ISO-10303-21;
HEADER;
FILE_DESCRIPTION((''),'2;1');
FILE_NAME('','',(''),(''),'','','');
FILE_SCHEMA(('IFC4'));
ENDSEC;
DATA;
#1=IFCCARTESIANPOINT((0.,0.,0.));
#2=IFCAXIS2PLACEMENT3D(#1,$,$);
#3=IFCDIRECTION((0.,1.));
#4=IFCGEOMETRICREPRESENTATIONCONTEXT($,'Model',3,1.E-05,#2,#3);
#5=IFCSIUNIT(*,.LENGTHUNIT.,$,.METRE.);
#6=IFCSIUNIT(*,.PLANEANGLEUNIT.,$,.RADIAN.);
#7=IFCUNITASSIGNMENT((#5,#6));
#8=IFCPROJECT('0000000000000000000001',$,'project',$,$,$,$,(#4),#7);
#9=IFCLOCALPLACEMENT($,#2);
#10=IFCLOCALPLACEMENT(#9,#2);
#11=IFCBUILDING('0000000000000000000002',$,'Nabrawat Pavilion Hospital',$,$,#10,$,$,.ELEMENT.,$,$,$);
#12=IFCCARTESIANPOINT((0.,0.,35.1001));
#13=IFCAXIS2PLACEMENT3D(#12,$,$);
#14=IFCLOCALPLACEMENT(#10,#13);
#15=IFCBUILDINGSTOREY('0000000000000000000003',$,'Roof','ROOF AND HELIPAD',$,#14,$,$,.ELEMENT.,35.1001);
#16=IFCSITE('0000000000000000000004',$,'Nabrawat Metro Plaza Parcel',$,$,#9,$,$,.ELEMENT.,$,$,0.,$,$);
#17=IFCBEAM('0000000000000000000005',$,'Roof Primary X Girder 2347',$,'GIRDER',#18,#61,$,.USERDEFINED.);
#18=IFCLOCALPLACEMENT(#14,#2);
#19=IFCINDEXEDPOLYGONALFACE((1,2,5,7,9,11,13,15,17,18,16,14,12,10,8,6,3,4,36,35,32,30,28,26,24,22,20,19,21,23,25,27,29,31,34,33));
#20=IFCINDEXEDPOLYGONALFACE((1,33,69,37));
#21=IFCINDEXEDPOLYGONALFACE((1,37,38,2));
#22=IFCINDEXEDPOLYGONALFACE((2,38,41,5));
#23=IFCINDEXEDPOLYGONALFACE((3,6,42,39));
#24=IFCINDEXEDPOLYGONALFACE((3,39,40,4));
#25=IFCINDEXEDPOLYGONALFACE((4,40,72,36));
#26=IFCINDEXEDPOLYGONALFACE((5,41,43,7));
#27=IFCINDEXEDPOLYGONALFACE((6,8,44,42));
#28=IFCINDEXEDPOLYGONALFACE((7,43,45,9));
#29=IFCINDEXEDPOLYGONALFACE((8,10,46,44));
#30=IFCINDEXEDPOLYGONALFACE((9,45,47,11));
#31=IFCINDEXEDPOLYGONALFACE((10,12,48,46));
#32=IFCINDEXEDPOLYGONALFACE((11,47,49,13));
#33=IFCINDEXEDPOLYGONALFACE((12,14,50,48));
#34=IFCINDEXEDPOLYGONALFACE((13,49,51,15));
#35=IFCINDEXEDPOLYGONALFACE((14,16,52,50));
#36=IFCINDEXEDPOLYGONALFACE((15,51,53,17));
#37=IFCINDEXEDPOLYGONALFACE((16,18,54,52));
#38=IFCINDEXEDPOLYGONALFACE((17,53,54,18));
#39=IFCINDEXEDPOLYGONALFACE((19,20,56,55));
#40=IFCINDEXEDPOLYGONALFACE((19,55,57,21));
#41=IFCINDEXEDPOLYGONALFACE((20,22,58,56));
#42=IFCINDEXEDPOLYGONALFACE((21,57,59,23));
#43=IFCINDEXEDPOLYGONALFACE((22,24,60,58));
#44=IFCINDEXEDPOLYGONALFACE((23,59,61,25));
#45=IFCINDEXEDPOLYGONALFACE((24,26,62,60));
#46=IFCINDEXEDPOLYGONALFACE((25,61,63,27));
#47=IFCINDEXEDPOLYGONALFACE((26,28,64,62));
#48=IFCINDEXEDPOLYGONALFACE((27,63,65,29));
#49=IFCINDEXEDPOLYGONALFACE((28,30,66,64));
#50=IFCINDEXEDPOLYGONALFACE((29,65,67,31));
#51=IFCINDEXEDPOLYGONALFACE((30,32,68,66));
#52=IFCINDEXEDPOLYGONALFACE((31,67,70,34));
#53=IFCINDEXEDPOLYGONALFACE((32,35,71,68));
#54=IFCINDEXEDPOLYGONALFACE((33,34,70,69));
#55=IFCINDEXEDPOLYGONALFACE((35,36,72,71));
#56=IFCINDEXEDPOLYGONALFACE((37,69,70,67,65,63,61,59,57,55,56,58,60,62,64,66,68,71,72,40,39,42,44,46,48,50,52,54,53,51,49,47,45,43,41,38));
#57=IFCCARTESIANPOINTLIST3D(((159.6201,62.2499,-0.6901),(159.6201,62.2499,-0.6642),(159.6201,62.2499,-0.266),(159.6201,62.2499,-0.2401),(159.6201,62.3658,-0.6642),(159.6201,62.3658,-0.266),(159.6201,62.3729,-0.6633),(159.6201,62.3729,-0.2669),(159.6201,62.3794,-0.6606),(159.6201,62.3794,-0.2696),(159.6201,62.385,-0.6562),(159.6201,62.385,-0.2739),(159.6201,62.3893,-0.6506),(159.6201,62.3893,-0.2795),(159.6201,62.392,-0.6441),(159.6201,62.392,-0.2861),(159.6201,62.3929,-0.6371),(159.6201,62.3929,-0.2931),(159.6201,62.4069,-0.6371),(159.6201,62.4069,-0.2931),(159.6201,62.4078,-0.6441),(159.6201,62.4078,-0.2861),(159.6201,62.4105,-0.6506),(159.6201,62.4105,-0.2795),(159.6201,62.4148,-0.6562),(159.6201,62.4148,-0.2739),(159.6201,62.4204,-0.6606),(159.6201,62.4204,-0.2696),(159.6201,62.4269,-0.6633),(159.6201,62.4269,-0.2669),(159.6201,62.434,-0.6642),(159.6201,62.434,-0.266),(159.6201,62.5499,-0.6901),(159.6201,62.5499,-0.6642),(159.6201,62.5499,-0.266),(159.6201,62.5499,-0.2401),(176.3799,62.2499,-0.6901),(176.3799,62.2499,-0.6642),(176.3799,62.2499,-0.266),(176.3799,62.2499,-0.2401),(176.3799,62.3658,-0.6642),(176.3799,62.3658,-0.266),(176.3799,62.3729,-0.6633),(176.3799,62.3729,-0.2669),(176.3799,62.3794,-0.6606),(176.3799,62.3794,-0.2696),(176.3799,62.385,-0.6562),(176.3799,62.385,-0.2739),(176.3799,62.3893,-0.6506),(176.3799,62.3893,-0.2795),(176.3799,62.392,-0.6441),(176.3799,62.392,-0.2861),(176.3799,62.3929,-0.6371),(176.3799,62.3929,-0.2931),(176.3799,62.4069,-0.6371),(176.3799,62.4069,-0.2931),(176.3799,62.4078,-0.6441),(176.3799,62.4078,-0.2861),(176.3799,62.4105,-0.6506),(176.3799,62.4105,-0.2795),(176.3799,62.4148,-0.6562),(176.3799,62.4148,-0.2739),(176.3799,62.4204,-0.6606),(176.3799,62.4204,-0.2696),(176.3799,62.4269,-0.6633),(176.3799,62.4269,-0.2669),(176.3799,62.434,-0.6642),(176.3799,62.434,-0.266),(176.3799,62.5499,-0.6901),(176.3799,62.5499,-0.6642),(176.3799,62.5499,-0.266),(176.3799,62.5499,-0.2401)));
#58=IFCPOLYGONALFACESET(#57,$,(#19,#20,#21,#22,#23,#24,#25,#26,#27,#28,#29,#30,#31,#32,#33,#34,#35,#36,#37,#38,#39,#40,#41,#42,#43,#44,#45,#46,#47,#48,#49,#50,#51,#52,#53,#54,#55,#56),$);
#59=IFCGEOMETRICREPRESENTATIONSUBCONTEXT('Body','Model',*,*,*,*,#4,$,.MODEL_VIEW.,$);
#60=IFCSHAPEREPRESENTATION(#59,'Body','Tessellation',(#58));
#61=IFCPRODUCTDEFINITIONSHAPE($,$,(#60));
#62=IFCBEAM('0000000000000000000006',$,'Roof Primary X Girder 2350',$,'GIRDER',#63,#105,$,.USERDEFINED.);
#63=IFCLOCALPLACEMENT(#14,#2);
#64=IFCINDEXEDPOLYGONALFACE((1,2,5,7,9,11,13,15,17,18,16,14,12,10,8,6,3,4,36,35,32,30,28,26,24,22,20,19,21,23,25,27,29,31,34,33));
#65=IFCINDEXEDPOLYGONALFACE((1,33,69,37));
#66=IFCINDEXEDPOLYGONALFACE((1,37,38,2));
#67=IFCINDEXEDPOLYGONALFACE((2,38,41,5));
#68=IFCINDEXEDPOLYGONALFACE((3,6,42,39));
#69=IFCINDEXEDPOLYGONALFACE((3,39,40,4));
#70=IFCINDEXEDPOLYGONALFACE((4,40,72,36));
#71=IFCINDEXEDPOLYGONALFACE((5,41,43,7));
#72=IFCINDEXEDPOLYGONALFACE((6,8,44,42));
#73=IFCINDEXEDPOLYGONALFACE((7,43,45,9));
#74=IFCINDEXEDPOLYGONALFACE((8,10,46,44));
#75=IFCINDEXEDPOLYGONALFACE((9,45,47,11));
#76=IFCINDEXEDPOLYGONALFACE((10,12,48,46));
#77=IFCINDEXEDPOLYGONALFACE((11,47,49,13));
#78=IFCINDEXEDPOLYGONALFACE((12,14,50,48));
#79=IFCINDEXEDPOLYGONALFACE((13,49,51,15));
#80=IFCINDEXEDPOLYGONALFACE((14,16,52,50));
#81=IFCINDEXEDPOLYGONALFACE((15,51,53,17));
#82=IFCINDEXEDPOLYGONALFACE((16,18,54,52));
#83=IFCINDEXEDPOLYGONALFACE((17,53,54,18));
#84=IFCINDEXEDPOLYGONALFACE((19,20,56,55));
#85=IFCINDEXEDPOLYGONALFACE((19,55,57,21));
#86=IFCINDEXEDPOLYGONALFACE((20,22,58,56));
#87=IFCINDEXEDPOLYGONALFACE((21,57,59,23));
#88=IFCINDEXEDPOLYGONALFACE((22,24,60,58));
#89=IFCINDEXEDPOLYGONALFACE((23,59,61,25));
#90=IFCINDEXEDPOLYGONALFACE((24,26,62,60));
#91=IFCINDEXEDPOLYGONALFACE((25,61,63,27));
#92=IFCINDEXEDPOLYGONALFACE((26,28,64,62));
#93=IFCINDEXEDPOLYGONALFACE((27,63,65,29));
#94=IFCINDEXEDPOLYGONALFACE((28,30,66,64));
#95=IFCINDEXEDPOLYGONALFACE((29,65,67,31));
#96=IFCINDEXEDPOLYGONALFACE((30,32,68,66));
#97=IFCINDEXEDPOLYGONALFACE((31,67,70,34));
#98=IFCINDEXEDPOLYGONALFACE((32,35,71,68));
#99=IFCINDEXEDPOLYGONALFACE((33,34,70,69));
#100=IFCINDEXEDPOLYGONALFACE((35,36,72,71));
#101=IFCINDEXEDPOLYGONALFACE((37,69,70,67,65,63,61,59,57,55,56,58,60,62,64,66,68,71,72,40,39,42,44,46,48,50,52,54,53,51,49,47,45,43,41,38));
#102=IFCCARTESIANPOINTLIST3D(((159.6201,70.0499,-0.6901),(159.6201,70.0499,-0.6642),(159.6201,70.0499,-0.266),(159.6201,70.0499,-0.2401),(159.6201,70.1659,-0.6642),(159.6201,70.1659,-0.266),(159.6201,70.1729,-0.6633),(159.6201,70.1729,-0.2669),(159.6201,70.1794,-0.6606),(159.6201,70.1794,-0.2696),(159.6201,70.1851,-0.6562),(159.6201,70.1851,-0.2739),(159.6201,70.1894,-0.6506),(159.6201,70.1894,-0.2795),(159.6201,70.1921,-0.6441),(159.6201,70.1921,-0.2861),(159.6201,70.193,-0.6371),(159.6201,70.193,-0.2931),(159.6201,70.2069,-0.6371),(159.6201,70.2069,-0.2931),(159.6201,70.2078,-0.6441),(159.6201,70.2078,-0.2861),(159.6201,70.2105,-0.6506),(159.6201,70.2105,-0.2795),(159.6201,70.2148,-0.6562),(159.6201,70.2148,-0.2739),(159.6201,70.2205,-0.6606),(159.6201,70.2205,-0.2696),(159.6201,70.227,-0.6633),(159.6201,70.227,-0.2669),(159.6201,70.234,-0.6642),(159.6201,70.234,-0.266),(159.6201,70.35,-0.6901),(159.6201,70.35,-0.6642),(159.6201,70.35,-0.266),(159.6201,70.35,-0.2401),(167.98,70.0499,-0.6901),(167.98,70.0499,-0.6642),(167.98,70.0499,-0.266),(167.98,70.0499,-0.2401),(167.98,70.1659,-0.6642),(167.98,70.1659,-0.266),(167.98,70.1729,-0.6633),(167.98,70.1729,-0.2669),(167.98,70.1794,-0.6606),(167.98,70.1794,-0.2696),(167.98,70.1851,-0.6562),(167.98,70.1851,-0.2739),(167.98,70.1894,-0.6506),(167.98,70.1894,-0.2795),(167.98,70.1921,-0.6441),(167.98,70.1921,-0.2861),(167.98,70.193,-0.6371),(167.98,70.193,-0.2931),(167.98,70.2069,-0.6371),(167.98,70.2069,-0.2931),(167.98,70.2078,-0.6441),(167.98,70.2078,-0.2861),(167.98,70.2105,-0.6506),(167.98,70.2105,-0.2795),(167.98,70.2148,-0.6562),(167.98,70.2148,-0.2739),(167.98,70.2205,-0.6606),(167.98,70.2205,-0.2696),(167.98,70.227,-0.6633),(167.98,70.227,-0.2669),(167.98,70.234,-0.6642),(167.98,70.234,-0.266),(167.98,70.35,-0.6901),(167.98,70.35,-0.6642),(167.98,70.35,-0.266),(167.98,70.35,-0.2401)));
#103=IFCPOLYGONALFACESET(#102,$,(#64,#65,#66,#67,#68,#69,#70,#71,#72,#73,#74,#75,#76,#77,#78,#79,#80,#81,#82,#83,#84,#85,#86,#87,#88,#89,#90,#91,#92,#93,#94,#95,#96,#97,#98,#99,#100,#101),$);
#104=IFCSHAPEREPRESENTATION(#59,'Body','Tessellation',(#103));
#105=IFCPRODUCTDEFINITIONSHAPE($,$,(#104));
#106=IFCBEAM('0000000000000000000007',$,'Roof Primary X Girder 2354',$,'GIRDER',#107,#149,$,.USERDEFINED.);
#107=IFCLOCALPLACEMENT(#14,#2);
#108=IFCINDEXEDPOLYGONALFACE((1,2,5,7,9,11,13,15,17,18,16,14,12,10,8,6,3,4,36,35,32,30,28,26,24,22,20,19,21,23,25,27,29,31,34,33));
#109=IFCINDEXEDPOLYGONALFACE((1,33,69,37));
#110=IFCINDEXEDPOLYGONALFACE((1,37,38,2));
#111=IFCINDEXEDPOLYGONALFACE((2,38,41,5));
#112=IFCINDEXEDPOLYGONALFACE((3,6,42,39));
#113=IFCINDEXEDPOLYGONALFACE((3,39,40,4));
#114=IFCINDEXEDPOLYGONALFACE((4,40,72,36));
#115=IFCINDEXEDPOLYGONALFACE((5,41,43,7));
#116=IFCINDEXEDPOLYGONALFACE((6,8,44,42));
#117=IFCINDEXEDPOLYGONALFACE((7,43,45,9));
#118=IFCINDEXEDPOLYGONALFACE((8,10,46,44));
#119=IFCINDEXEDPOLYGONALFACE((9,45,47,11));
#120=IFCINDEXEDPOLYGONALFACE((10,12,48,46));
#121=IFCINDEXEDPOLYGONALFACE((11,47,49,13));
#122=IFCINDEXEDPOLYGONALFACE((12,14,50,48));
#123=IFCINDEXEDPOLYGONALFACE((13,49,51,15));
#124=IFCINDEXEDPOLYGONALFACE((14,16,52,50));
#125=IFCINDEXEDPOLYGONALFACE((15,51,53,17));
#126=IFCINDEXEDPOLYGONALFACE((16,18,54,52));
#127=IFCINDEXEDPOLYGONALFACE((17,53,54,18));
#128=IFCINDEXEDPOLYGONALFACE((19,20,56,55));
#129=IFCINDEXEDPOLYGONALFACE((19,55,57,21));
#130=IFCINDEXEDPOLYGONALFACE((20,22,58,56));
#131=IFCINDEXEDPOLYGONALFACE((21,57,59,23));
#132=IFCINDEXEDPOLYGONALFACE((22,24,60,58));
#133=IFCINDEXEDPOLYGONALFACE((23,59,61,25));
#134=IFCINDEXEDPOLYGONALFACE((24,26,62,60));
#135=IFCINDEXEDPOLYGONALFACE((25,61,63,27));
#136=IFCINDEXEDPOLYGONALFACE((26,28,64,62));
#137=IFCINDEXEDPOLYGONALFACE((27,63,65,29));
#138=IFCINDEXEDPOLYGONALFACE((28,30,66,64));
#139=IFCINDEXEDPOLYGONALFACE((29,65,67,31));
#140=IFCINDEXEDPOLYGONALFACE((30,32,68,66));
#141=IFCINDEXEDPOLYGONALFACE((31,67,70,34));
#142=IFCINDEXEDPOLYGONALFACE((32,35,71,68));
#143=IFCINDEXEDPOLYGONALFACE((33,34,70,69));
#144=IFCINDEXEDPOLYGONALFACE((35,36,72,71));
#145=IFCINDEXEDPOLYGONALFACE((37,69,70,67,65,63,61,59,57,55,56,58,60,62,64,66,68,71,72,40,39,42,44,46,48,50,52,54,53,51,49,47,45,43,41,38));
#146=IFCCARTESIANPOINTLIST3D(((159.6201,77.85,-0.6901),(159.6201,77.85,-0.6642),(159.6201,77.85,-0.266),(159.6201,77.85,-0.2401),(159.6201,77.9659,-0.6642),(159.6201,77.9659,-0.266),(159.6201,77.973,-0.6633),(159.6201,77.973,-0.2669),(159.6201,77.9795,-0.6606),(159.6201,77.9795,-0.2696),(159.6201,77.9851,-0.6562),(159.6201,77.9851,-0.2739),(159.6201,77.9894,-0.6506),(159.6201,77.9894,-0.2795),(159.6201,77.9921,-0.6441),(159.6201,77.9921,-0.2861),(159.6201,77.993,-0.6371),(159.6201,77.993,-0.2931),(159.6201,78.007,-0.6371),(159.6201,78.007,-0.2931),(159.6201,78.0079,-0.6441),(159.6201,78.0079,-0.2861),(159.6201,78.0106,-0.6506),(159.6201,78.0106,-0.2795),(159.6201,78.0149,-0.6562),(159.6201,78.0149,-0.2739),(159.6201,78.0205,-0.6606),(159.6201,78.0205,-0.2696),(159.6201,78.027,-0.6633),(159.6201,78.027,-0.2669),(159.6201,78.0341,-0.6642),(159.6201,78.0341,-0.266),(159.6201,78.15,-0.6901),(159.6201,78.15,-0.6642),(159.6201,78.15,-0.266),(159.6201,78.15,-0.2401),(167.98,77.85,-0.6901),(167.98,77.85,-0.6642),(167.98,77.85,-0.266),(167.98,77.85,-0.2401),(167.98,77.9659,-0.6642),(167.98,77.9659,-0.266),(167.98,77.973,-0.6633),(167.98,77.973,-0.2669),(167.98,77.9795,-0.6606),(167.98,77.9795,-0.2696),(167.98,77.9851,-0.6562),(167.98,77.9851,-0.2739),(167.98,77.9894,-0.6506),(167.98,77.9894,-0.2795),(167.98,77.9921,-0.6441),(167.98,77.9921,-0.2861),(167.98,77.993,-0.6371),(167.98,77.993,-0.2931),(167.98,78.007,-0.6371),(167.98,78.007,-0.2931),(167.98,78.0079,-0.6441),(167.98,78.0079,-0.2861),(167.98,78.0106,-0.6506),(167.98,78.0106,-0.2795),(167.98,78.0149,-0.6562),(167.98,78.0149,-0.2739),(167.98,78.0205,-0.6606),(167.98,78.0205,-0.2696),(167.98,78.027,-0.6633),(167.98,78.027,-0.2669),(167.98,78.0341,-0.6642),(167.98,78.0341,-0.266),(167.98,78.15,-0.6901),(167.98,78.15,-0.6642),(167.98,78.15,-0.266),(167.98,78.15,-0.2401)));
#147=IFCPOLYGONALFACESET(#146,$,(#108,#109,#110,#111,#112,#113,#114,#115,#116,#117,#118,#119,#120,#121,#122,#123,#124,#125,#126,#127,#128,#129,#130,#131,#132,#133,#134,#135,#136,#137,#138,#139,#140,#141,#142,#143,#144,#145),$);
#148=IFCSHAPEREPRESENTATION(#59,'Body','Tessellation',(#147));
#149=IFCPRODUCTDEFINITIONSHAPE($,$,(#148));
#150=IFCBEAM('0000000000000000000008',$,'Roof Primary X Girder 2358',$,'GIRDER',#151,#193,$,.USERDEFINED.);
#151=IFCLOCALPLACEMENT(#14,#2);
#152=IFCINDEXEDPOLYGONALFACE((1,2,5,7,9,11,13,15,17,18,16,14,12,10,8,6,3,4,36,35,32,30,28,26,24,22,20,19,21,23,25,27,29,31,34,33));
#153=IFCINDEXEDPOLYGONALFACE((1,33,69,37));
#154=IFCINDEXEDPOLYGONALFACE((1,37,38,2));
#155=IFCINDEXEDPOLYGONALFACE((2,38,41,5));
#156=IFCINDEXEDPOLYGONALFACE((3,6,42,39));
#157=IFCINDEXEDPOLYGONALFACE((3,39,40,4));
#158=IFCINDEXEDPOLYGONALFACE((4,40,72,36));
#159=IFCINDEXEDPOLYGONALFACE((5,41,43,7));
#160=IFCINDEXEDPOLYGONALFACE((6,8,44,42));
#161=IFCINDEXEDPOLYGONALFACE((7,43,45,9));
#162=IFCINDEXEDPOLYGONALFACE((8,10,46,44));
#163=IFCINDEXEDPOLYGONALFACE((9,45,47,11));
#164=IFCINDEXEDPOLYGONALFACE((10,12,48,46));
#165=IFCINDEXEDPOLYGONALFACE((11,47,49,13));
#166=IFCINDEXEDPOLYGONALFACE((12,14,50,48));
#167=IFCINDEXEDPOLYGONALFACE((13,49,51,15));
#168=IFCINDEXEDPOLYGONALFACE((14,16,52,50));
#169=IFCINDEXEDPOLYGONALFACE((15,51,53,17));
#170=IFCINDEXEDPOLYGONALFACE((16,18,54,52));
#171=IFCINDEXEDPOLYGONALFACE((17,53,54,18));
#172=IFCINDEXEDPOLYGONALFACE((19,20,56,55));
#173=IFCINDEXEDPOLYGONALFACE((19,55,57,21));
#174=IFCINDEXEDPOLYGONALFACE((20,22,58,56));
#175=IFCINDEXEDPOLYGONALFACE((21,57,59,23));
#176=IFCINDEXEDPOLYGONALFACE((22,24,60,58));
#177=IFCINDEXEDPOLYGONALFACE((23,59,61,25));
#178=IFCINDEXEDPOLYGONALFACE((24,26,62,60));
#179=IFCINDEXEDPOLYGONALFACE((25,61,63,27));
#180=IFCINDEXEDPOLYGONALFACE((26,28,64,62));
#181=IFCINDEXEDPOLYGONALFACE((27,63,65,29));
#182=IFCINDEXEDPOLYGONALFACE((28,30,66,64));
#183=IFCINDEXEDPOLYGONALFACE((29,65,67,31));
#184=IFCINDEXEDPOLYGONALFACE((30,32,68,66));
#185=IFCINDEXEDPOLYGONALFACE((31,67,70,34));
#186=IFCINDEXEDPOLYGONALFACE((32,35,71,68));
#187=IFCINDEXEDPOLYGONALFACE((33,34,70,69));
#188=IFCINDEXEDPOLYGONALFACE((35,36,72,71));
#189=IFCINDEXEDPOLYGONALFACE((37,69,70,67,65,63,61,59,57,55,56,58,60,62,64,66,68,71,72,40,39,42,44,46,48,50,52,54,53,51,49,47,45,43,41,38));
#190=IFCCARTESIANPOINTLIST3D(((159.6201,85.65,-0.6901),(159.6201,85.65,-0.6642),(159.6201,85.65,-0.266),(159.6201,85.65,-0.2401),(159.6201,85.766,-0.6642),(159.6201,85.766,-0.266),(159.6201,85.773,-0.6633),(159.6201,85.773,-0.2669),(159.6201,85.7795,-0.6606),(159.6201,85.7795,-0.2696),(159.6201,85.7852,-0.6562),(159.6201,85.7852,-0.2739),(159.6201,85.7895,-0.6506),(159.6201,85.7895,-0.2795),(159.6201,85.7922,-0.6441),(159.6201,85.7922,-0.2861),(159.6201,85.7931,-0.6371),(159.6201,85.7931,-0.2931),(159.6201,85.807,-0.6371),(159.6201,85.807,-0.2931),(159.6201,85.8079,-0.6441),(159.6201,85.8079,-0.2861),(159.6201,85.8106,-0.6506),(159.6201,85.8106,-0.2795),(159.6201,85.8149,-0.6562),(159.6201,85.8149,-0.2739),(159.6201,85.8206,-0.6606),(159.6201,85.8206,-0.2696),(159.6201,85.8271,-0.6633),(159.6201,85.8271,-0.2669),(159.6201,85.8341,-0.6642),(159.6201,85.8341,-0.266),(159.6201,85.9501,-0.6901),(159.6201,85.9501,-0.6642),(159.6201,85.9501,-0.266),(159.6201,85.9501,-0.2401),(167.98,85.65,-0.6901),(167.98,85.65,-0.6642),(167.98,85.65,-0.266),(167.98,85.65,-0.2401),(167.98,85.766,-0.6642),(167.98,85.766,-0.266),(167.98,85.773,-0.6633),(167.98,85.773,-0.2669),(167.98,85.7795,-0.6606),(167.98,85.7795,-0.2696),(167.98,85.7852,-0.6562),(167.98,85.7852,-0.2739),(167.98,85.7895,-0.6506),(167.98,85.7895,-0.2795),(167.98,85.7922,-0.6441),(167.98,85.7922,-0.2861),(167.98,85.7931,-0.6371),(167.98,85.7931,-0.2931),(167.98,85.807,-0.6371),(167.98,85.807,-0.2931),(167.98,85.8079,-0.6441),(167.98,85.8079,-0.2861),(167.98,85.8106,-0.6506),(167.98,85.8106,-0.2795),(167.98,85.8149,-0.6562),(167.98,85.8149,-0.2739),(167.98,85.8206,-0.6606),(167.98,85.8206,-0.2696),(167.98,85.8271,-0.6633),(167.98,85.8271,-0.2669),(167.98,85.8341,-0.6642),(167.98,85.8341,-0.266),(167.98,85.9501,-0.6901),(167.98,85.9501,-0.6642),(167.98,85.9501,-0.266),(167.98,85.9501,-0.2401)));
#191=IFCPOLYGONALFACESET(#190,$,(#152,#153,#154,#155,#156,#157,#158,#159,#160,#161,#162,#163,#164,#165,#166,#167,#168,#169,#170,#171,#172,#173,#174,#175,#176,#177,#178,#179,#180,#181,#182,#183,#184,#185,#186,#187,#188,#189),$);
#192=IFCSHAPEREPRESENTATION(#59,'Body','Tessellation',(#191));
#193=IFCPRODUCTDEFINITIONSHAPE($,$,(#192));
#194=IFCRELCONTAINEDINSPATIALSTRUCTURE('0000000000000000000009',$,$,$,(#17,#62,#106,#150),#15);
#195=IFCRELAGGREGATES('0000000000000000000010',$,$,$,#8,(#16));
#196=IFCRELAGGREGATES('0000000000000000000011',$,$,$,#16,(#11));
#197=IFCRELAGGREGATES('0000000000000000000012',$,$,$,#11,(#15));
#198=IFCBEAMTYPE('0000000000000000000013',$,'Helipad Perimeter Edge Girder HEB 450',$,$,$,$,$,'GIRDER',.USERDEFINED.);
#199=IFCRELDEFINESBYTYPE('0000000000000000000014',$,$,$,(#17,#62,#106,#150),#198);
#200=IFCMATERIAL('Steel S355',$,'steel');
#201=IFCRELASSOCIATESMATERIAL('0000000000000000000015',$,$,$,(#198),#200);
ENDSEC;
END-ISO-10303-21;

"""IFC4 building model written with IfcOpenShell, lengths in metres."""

from ifc_helpers import new_model, si_unit, direction, frame, origin, origin_2d, place, context, subcontext, project, spatial, i_section, extrude, material, material_profile, profile_set, type_object, element, save


model = new_model("IFC4")

# Units and contexts
model_context = context("Model", 3, precision=1e-05, world=origin(), true_north=direction((0.0, 1.0)))
body_context = subcontext(model_context, "Body", "Model", "MODEL_VIEW")
ifc_project = project(units=[si_unit("LENGTHUNIT", "METRE"), si_unit("PLANEANGLEUNIT", "RADIAN")], contexts=[model_context])

# Site, building, storey
site_placement = place(None, origin())
site = spatial("IfcSite", under=ifc_project, at=site_placement, Name="Nabrawat Metro Plaza Parcel", CompositionType="ELEMENT", RefElevation=0.0)
building_placement = place(site_placement, origin())
building = spatial("IfcBuilding", under=site, at=building_placement, Name="Nabrawat Pavilion Hospital", CompositionType="ELEMENT")
storey_placement = place(building_placement, frame((0.0, 0.0, 35.1001)))
storey = spatial("IfcBuildingStorey", under=building, at=storey_placement, Name="Roof", Description="ROOF AND HELIPAD", CompositionType="ELEMENT", Elevation=35.1001)

# Shared definitions
ifc_material_1 = material(Name="Steel S355", Category="steel")

# Beams
ifc_material_profile_1 = material_profile(ifc_material_1, i_section(OverallWidth=0.3, OverallDepth=0.45, WebThickness=0.0139, FlangeThickness=0.0259, FilletRadius=0.0271, at=origin_2d()), Name="HEB 450")
ifc_profile_set_1 = profile_set([ifc_material_profile_1], Name="Steel S355")
beam_type_1 = type_object("IfcBeamType", Name="Helipad Perimeter Edge Girder HEB 450", ElementType="GIRDER", PredefinedType="USERDEFINED", material=ifc_profile_set_1)
beam_1_placement = place(storey_placement, frame((159.6201, 62.3999, -0.4651), z_axis=(1.0, 0.0, 0.0), x_axis=(0.0, 1.0, 0.0)))
element("IfcBeam", 1, at=beam_1_placement, inside=storey, type_object=beam_type_1, Name="Roof Primary X Girder 2347", ObjectType="GIRDER", PredefinedType="USERDEFINED", context=body_context, shape_type="SweptSolid", body=[
    extrude(i_section(OverallWidth=0.3, OverallDepth=0.45, WebThickness=0.0139, FlangeThickness=0.0259, FilletRadius=0.0271, at=origin_2d()), origin(), (0.0, 0.0, 1.0), 16.7598),
])
for number, where, z_axis, x_axis, name in (
    (2, (159.6201, 70.2, -0.4651), (1.0, 0.0, 0.0), (0.0, 1.0, 0.0), "Roof Primary X Girder 2350"),
    (3, (159.6201, 78.0, -0.4651), (1.0, 0.0, 0.0), (0.0, 1.0, 0.0), "Roof Primary X Girder 2354"),
    (4, (159.6201, 85.8, -0.4651), (1.0, 0.0, 0.0), (0.0, 1.0, 0.0), "Roof Primary X Girder 2358"),
):
    element("IfcBeam", number, at=place(storey_placement, frame(where, z_axis=z_axis, x_axis=x_axis)), inside=storey, type_object=beam_type_1, Name=name, ObjectType="GIRDER", PredefinedType="USERDEFINED", context=body_context, shape_type="SweptSolid", body=[
        extrude(i_section(OverallWidth=0.3, OverallDepth=0.45, WebThickness=0.0139, FlangeThickness=0.0259, FilletRadius=0.0271, at=origin_2d()), origin(), (0.0, 0.0, 1.0), 8.3599),
    ])

save(model, "model.ifc")
